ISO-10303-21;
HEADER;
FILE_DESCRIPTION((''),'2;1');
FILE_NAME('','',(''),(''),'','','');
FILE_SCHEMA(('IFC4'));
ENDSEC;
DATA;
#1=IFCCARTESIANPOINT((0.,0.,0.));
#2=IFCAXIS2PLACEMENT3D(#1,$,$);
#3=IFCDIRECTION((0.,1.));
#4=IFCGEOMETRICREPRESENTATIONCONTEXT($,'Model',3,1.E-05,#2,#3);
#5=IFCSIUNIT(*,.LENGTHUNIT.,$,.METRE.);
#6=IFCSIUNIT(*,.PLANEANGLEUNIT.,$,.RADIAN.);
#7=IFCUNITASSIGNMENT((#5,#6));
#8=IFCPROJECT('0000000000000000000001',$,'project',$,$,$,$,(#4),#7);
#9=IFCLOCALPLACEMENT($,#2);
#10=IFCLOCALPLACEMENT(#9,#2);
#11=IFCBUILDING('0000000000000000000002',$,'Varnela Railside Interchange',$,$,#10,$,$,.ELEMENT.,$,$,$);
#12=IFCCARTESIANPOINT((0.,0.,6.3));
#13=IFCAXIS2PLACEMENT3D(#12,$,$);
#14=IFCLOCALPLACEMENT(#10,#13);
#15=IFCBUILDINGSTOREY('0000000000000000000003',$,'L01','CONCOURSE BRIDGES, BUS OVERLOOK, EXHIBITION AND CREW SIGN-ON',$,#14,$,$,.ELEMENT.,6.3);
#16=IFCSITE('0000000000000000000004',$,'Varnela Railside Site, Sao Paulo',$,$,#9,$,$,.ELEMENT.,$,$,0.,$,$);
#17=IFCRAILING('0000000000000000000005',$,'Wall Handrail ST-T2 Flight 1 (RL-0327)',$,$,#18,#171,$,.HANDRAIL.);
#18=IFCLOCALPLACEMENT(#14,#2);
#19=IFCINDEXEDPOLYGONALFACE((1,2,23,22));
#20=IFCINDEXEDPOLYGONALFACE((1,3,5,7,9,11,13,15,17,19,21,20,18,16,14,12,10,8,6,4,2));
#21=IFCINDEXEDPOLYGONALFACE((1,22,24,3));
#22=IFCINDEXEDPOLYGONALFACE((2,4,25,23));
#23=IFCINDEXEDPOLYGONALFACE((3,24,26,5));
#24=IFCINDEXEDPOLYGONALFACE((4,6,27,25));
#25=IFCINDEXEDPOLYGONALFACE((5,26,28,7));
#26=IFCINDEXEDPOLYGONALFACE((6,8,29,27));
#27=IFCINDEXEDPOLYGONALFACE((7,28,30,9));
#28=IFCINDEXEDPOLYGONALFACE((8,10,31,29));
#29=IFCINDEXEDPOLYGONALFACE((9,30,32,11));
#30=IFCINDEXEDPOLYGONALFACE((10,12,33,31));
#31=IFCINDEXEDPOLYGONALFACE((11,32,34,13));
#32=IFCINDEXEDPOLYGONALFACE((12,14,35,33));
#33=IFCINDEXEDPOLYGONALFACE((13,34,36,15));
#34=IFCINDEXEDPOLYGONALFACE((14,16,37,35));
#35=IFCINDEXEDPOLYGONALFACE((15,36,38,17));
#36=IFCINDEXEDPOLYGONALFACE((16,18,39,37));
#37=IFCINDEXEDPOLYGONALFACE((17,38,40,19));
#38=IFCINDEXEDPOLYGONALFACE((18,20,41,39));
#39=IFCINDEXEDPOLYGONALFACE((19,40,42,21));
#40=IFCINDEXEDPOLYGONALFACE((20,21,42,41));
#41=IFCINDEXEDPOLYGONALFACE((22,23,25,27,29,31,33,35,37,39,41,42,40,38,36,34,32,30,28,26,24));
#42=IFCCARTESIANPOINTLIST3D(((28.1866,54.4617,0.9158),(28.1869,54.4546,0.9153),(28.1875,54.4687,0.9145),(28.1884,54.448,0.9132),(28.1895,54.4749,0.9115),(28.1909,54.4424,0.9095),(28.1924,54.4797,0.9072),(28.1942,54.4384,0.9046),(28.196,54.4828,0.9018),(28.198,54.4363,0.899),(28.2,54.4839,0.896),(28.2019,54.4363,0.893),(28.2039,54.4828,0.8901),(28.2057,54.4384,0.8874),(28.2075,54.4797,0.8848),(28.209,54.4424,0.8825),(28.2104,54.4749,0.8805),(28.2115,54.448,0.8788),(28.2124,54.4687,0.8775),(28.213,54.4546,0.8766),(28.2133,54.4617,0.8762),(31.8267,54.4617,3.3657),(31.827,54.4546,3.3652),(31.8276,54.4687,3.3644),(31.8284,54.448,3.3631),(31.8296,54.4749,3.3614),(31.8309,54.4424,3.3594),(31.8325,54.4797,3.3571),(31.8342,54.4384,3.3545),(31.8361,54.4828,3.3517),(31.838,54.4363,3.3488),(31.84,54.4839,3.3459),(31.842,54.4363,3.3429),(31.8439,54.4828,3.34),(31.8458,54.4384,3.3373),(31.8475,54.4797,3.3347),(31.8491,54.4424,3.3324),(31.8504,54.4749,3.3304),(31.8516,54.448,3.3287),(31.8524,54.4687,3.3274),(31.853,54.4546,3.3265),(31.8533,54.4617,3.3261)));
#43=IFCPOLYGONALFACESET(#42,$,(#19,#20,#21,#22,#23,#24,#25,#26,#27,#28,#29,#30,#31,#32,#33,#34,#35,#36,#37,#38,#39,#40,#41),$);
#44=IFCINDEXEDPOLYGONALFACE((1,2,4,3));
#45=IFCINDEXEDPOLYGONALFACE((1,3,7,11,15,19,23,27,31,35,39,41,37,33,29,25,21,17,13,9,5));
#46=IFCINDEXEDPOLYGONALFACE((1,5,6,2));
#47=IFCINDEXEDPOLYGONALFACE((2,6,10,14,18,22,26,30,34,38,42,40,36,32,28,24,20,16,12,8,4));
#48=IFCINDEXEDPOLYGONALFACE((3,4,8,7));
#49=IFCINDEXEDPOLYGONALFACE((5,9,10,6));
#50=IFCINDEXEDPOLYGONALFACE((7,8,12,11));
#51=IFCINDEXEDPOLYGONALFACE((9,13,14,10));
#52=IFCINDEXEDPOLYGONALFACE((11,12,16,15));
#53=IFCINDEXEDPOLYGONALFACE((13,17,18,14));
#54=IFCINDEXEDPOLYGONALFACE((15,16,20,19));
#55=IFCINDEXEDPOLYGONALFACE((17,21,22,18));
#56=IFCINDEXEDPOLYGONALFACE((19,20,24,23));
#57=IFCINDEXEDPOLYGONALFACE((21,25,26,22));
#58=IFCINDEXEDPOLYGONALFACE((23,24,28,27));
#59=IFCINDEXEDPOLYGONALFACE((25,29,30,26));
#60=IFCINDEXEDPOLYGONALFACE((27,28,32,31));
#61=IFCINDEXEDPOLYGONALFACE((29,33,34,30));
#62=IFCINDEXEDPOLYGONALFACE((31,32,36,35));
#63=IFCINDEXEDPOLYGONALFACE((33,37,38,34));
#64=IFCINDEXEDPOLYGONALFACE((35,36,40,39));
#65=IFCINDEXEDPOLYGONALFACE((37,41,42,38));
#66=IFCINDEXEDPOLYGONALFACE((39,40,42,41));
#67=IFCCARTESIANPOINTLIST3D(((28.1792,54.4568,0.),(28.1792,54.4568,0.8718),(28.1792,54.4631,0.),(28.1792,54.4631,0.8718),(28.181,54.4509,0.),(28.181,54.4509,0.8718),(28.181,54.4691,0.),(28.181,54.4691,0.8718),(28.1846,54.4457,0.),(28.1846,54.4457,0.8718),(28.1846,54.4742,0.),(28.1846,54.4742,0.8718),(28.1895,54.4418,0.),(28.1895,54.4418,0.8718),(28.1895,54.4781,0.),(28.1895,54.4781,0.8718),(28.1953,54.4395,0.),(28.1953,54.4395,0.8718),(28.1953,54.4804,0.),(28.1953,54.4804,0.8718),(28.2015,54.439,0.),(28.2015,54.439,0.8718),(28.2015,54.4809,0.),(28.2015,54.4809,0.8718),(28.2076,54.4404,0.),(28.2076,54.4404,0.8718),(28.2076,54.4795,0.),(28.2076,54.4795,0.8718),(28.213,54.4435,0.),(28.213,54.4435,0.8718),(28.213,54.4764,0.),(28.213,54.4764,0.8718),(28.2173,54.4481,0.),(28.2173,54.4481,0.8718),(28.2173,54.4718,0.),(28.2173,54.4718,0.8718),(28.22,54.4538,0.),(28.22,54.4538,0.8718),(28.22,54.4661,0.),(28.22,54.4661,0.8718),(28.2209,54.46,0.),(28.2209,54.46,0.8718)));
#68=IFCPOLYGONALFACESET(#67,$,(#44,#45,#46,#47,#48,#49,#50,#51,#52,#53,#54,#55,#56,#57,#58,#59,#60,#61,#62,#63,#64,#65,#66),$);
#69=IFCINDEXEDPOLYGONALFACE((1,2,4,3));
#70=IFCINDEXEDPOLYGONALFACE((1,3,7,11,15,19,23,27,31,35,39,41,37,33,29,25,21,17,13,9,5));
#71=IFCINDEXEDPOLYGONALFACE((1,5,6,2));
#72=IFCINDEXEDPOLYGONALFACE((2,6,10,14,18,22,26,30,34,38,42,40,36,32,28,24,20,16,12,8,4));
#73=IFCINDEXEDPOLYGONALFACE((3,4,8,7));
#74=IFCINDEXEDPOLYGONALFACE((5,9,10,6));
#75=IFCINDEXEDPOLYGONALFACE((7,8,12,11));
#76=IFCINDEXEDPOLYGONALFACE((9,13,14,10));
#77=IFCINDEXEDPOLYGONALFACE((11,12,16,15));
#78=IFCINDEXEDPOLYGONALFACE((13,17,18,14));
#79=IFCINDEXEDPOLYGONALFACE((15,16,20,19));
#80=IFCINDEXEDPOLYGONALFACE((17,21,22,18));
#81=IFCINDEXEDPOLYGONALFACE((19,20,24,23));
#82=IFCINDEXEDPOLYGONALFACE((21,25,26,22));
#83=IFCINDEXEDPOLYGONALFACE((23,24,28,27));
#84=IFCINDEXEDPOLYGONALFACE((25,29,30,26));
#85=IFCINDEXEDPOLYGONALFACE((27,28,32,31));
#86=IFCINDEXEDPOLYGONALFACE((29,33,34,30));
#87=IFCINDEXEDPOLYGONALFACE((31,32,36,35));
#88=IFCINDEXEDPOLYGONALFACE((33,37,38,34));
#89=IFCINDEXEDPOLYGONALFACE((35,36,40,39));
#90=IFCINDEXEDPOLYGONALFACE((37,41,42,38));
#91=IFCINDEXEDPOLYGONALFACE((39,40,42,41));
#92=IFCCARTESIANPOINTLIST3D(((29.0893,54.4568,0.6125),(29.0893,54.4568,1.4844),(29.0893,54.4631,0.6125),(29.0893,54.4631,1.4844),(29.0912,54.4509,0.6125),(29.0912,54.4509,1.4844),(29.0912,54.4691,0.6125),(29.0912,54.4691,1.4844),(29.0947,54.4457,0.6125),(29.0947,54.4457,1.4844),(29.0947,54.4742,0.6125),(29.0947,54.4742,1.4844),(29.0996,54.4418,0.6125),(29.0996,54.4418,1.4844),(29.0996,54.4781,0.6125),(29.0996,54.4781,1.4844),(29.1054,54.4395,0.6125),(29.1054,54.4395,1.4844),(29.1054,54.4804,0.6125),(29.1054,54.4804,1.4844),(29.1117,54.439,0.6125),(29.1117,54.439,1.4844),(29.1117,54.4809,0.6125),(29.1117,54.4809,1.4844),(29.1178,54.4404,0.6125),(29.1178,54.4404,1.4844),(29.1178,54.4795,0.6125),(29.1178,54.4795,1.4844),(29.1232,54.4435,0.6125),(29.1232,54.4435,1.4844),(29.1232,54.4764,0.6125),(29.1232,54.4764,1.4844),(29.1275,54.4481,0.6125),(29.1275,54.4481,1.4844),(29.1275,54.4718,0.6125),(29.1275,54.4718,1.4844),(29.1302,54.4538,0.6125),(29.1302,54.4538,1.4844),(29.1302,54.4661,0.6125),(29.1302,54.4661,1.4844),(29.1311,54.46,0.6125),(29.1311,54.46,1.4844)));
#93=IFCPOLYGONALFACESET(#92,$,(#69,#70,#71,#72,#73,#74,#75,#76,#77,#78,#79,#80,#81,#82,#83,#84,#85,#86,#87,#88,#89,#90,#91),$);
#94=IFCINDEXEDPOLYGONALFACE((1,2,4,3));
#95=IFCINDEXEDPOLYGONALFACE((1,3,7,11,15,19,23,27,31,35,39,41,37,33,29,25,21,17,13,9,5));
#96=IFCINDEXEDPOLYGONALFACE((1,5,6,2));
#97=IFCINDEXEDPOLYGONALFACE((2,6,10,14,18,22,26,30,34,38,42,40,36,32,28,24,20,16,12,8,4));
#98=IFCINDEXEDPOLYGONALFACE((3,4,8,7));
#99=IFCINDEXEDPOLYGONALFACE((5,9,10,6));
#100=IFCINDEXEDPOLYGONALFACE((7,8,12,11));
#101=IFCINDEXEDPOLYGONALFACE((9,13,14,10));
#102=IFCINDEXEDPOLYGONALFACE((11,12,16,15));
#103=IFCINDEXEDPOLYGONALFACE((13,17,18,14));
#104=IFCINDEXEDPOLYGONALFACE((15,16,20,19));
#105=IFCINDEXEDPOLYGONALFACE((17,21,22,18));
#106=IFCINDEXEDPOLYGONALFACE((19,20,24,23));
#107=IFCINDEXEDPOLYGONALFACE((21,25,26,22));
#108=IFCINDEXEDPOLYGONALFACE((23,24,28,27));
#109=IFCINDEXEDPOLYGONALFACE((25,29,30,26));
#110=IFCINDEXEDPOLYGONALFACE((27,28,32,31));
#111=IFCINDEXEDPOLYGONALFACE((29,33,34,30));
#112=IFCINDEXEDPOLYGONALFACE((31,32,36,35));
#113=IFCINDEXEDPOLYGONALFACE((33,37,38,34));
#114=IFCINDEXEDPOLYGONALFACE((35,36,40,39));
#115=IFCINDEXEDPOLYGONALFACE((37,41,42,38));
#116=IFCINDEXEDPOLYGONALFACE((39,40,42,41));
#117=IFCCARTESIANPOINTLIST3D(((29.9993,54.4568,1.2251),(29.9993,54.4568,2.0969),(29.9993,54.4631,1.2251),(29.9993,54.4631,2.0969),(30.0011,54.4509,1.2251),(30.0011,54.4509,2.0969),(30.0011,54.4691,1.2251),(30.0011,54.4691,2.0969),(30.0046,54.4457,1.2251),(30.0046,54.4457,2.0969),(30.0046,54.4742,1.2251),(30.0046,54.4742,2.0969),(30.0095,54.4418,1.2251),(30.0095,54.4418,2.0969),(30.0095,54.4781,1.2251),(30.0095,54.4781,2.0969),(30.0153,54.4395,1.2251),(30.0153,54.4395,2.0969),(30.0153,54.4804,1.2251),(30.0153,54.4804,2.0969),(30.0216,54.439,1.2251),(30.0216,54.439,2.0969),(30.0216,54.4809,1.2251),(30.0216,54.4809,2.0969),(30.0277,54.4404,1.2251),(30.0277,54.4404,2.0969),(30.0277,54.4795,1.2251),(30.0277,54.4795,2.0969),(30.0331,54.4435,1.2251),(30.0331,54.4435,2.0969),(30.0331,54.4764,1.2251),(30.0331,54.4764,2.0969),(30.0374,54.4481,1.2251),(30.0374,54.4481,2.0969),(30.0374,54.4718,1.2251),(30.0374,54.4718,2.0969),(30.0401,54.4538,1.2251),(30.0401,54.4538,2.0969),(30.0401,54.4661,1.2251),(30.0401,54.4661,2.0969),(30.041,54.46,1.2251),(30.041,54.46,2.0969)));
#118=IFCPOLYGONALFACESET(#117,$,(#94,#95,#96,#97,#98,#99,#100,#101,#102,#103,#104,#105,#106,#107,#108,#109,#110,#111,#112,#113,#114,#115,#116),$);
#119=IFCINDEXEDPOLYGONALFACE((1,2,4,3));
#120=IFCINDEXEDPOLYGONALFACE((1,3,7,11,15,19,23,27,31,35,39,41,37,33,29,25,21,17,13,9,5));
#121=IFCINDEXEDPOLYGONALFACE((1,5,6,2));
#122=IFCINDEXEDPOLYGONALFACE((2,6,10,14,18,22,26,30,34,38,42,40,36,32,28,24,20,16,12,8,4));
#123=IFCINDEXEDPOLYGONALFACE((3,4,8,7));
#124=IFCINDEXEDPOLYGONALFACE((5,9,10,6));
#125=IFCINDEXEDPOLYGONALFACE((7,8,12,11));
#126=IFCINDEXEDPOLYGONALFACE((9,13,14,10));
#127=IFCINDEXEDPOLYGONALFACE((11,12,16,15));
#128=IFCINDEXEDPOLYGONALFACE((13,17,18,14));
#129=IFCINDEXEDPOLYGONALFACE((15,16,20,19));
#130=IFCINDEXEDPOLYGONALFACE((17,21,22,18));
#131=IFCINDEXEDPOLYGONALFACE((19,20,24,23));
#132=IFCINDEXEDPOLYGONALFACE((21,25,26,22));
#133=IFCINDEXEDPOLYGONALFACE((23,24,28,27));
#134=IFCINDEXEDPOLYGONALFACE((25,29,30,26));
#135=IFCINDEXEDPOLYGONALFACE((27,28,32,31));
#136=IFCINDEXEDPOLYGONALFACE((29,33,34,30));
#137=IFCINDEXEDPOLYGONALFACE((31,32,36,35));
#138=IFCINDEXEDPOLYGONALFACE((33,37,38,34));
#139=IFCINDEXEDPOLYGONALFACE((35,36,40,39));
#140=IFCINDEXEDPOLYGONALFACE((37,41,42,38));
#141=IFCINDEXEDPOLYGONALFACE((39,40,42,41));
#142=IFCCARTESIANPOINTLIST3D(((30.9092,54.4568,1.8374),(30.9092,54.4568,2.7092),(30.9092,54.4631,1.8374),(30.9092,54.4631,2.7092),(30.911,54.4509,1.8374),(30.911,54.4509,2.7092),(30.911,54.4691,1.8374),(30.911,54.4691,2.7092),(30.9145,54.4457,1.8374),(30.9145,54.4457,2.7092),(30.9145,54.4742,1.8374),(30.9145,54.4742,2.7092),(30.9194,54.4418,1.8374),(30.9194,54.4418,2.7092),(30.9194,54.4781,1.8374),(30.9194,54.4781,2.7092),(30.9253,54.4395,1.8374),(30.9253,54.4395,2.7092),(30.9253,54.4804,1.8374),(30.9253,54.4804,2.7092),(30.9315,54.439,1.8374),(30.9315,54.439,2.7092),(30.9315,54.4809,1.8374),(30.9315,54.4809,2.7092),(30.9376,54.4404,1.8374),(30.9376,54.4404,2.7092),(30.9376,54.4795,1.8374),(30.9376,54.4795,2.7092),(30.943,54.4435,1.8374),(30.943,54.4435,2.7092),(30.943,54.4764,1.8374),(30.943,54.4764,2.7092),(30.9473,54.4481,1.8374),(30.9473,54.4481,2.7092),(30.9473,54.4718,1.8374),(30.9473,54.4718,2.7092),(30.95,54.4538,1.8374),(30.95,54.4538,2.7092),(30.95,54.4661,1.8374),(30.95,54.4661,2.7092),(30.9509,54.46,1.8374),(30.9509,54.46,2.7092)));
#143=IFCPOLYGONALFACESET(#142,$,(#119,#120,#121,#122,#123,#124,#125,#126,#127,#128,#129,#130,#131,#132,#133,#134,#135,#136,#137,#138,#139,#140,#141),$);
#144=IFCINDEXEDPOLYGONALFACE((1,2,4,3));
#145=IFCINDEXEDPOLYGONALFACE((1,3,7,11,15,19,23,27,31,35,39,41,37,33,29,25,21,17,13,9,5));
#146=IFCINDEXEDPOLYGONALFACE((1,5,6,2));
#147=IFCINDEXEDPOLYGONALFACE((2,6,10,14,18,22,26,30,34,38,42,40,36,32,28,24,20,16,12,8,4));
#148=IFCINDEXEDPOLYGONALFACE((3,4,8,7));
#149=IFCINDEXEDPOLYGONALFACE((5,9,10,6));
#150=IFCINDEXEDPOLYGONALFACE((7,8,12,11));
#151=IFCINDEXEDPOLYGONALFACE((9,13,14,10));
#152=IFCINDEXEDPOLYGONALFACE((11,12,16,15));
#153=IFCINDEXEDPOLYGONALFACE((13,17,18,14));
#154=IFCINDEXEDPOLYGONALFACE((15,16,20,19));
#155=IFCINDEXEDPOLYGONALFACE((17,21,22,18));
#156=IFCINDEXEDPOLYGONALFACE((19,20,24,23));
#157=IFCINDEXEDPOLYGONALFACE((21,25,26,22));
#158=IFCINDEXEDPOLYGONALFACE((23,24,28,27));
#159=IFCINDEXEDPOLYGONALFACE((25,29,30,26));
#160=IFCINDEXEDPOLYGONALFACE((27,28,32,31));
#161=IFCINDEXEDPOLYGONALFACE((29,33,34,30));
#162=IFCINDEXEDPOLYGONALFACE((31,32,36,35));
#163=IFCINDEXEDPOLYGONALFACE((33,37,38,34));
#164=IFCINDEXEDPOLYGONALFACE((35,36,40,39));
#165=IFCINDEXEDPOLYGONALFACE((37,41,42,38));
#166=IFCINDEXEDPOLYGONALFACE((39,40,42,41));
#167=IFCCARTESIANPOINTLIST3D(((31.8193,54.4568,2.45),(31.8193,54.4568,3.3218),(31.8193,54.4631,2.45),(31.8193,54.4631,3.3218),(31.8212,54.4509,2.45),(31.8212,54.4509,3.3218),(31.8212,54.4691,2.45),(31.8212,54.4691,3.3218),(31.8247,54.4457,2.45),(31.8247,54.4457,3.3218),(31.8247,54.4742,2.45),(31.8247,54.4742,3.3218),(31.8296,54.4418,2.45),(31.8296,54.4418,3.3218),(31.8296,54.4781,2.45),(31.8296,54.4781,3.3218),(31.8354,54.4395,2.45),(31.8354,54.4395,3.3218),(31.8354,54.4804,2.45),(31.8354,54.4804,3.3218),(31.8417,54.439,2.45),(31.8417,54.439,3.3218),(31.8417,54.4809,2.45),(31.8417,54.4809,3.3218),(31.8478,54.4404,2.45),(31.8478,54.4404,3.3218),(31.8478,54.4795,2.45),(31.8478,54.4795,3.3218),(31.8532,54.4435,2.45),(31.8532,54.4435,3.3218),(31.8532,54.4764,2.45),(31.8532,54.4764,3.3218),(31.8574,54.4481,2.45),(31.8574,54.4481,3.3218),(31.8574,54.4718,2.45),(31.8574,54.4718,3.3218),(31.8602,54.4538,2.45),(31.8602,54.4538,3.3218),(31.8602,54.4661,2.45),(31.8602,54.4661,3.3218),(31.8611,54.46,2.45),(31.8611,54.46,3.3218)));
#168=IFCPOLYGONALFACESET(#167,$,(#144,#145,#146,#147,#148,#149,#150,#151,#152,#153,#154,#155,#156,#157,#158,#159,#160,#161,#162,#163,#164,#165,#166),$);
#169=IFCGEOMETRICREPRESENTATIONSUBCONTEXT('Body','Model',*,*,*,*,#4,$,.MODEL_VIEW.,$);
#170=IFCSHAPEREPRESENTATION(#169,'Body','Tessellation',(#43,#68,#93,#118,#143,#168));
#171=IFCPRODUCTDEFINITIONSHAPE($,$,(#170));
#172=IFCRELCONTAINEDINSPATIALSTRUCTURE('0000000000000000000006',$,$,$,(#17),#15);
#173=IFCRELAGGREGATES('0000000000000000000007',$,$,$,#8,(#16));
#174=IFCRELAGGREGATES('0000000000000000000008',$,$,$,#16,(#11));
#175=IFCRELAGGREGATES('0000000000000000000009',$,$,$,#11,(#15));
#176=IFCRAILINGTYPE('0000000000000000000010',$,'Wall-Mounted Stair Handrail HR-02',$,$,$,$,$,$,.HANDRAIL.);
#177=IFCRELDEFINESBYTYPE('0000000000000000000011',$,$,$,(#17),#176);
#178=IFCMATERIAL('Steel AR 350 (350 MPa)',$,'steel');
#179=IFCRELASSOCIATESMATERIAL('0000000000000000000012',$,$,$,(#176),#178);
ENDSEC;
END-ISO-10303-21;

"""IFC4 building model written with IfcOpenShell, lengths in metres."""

from ifc_helpers import new_model, si_unit, direction, frame, origin, origin_2d, place, context, subcontext, project, spatial, circle, extrude, material, type_object, element, save


model = new_model("IFC4")

# Units and contexts
model_context = context("Model", 3, precision=1e-05, world=origin(), true_north=direction((0.0, 1.0)))
body_context = subcontext(model_context, "Body", "Model", "MODEL_VIEW")
ifc_project = project(units=[si_unit("LENGTHUNIT", "METRE"), si_unit("PLANEANGLEUNIT", "RADIAN")], contexts=[model_context])

# Site, building, storey
site_placement = place(None, origin())
site = spatial("IfcSite", under=ifc_project, at=site_placement, Name="Varnela Railside Site, Sao Paulo", CompositionType="ELEMENT", RefElevation=0.0)
building_placement = place(site_placement, origin())
building = spatial("IfcBuilding", under=site, at=building_placement, Name="Varnela Railside Interchange", CompositionType="ELEMENT")
storey_placement = place(building_placement, frame((0.0, 0.0, 6.3)))
storey = spatial("IfcBuildingStorey", under=building, at=storey_placement, Name="L01", Description="CONCOURSE BRIDGES, BUS OVERLOOK, EXHIBITION AND CREW SIGN-ON", CompositionType="ELEMENT", Elevation=6.3)

# Shared definitions
ifc_material_1 = material(Name="Steel AR 350 (350 MPa)", Category="steel")

# Railing
railing_type_1 = type_object("IfcRailingType", Name="Wall-Mounted Stair Handrail HR-02", PredefinedType="HANDRAIL", material=ifc_material_1)
railing_1_placement = place(storey_placement, frame((28.2, 54.46, 0.0)))
element("IfcRailing", 1, at=railing_1_placement, inside=storey, type_object=railing_type_1, Name="Wall Handrail ST-T2 Flight 1 (RL-0327)", PredefinedType="HANDRAIL", context=body_context, shape_type="SweptSolid", body=[
    extrude(circle(Radius=0.0239, at=origin_2d()), frame((0.0, 0.0, 0.896), z_axis=(0.829603, 0.0, 0.558354), x_axis=(0.0, 1.0, 0.0)), (0.0, 0.0, 1.0), 4.3877),
    extrude(circle(Radius=0.021, at=origin_2d()), origin(), (0.0, 0.0, 1.0), 0.8718),
    extrude(circle(Radius=0.021, at=origin_2d()), frame((0.9102, 0.0, 0.6125)), (0.0, 0.0, 1.0), 0.8718),
    extrude(circle(Radius=0.021, at=origin_2d()), frame((1.8201, 0.0, 1.2251)), (0.0, 0.0, 1.0), 0.8718),
    extrude(circle(Radius=0.021, at=origin_2d()), frame((2.73, 0.0, 1.8374)), (0.0, 0.0, 1.0), 0.8718),
    extrude(circle(Radius=0.021, at=origin_2d()), frame((3.6401, 0.0, 2.45)), (0.0, 0.0, 1.0), 0.8718),
])

save(model, "model.ifc")
